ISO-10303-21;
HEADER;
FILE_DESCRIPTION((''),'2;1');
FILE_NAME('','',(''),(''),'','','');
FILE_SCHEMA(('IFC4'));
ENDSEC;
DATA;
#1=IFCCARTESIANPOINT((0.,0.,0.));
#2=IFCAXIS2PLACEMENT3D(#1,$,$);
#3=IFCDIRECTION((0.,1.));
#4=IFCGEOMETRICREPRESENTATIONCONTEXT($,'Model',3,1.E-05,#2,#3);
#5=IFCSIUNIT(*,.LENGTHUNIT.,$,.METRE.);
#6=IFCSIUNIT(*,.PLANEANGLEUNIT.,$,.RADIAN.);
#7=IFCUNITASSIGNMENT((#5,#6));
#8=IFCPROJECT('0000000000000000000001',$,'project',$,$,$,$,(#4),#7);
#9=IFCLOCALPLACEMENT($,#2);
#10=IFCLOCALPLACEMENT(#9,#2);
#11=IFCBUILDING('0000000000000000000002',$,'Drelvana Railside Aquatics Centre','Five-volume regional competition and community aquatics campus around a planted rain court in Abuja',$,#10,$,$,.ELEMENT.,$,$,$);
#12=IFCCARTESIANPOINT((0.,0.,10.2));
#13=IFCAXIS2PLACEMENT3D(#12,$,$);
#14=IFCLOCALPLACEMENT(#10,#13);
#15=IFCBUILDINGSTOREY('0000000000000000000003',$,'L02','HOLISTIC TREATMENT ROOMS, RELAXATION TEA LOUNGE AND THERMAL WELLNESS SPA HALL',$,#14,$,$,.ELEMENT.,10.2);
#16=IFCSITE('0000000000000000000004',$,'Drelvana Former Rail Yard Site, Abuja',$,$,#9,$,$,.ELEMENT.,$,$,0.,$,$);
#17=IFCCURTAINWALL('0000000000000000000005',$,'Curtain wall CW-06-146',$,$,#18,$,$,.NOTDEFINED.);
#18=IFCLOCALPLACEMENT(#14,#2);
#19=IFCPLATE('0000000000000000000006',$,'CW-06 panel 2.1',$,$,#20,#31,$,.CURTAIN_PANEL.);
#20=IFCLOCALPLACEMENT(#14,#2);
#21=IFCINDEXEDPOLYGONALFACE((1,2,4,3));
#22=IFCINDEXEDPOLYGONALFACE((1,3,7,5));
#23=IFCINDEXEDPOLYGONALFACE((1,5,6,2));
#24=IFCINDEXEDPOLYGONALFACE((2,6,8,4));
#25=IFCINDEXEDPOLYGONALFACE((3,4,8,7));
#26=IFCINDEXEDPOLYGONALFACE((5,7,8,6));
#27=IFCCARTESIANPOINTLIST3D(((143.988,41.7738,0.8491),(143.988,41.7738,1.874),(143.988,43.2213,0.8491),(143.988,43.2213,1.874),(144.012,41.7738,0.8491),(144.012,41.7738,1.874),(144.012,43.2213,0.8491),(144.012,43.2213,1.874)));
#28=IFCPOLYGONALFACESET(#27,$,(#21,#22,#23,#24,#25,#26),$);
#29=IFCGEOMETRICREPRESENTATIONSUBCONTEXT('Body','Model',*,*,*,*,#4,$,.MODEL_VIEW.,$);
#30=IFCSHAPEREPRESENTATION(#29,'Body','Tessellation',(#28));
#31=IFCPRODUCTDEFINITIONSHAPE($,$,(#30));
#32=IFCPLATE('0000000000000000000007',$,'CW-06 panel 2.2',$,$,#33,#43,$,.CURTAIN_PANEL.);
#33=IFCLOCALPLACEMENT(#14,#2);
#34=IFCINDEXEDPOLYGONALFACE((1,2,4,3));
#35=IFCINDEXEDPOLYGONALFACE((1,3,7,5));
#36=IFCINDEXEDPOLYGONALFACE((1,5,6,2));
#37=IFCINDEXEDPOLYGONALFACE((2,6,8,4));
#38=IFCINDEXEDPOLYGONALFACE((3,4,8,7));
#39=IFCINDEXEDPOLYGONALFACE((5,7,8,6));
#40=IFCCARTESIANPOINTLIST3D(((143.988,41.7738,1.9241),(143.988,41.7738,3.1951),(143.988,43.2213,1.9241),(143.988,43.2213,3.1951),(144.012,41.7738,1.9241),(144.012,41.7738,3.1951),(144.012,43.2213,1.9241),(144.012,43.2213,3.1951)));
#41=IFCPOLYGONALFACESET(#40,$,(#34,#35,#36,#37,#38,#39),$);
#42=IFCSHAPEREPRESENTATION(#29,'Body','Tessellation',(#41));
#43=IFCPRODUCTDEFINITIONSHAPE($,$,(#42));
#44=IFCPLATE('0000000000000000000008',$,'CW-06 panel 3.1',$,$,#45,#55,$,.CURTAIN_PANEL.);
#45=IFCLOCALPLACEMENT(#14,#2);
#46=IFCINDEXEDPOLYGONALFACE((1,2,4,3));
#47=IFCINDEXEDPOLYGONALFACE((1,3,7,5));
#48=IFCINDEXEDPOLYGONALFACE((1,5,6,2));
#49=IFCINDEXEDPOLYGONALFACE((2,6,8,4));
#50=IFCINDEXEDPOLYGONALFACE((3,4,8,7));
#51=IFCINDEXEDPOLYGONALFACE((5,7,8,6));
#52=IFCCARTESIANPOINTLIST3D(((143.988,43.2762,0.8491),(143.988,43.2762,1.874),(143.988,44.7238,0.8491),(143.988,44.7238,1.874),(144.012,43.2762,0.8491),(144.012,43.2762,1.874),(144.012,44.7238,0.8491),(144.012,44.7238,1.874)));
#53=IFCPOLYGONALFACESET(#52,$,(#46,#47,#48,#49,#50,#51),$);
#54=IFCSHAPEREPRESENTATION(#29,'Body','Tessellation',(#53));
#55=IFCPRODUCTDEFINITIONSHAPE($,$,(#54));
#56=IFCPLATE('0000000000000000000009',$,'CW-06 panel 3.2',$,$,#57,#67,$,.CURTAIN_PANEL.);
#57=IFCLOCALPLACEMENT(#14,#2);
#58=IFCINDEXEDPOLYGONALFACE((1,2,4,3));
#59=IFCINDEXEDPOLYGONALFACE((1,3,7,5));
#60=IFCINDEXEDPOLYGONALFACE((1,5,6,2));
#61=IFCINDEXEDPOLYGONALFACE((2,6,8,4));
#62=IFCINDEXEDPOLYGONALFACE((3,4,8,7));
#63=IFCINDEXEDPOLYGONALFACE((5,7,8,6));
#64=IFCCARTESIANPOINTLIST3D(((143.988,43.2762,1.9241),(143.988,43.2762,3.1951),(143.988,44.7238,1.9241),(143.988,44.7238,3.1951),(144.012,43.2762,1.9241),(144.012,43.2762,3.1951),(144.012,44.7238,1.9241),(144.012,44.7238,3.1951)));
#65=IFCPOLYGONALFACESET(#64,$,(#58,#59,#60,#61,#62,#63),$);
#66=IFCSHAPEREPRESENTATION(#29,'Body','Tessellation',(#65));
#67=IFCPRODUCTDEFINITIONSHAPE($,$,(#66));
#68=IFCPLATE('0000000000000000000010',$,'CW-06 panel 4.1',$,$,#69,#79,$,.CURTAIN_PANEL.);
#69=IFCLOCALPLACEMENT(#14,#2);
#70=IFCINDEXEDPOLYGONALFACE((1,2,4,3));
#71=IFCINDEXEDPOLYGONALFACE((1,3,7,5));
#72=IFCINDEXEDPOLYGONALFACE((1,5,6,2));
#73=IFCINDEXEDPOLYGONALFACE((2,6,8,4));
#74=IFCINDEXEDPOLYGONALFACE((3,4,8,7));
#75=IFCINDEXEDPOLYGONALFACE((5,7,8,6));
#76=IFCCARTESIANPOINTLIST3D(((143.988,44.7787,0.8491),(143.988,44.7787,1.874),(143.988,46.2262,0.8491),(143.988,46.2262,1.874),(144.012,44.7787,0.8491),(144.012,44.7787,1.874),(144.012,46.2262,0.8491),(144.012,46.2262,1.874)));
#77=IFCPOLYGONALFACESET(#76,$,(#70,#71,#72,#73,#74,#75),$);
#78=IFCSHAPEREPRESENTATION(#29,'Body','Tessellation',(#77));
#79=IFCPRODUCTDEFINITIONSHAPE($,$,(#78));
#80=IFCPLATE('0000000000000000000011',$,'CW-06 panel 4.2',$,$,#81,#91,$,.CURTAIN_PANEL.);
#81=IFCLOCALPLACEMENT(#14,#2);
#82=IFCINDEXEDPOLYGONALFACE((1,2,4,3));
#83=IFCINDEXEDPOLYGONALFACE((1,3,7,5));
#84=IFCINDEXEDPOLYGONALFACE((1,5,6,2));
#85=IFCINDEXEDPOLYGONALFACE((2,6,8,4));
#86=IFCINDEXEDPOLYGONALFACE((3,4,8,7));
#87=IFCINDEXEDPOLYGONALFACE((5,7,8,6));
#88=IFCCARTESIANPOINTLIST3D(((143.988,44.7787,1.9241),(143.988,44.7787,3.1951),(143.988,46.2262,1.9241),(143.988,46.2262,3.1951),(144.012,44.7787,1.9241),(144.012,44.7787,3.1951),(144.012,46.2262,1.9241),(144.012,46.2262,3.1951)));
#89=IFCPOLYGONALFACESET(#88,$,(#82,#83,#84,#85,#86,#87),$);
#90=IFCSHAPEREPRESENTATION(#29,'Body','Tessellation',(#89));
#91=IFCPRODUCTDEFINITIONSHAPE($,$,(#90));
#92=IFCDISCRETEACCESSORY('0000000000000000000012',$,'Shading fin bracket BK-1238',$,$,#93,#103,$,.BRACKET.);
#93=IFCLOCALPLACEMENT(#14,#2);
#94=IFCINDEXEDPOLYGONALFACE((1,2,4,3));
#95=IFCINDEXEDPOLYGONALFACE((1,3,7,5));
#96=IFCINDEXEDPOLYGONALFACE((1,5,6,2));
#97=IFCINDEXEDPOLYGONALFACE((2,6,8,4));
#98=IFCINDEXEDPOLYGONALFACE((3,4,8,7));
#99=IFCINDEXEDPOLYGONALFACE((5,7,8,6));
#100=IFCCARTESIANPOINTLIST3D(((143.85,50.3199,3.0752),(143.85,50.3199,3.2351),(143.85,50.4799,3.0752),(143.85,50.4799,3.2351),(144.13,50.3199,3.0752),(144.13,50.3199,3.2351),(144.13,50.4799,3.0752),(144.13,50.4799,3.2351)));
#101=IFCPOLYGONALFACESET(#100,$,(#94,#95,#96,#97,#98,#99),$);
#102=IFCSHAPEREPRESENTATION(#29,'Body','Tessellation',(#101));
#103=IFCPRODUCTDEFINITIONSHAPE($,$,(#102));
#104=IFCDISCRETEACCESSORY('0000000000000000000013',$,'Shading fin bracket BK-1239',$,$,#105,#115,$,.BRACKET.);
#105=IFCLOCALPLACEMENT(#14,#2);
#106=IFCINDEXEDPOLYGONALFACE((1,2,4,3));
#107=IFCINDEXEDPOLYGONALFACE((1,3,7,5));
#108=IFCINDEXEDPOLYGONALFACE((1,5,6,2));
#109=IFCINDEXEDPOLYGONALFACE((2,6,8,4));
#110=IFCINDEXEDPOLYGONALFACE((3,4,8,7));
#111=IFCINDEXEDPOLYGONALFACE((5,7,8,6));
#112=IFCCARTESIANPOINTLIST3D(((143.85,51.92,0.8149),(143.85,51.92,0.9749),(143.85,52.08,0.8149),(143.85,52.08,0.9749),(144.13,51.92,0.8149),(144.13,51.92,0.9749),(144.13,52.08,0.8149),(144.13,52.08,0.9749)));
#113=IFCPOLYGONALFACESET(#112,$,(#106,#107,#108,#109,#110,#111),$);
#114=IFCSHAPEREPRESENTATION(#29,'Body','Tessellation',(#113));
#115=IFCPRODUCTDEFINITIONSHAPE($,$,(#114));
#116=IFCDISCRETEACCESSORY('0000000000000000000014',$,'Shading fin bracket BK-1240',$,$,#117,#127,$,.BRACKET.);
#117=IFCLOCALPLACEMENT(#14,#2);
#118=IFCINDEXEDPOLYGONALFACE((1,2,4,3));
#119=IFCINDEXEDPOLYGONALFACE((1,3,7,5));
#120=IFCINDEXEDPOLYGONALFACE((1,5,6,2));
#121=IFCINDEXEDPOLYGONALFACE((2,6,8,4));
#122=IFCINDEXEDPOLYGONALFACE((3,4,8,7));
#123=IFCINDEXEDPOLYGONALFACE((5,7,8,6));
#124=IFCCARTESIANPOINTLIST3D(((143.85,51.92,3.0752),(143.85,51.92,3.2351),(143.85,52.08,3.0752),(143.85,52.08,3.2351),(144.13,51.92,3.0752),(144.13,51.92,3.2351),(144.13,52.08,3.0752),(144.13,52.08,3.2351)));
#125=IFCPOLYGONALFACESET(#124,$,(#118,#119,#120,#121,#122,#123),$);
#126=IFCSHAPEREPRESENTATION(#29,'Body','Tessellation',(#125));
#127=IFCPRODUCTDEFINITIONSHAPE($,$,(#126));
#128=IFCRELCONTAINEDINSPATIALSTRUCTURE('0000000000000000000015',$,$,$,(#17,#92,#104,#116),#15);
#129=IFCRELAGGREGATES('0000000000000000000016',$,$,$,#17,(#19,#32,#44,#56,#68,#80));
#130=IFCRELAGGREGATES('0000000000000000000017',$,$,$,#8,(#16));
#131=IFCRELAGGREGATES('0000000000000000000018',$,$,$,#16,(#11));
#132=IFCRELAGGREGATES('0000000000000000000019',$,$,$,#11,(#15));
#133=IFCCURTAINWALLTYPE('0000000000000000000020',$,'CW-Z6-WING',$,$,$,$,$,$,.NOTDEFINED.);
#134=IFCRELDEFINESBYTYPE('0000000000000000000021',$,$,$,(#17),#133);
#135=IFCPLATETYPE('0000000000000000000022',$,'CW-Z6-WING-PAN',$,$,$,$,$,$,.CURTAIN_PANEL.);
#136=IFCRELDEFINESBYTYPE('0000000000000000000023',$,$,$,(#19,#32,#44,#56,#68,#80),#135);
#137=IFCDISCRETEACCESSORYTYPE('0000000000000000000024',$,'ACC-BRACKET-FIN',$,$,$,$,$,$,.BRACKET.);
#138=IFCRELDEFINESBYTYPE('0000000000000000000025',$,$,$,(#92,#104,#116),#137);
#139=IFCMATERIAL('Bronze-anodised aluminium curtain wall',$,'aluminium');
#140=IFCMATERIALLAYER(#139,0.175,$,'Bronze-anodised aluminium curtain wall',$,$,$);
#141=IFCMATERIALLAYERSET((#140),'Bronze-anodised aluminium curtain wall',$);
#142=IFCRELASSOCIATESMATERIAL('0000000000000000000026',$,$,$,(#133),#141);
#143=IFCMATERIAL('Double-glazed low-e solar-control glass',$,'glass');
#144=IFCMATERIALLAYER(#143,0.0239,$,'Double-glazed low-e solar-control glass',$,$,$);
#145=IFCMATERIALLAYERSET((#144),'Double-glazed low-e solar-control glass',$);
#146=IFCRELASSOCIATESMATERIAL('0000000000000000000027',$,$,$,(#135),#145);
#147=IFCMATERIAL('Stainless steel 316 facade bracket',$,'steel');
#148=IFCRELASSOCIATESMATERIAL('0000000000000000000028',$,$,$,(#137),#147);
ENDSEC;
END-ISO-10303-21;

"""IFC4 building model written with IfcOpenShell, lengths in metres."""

from ifc_helpers import new_model, si_unit, direction, frame, origin, origin_2d, place, context, subcontext, project, spatial, rectangle, extrude, material, layer, layer_set, type_object, element, aggregate, save


model = new_model("IFC4")

# Units and contexts
model_context = context("Model", 3, precision=1e-05, world=origin(), true_north=direction((0.0, 1.0)))
body_context = subcontext(model_context, "Body", "Model", "MODEL_VIEW")
ifc_project = project(units=[si_unit("LENGTHUNIT", "METRE"), si_unit("PLANEANGLEUNIT", "RADIAN")], contexts=[model_context])

# Site, building, storey
site_placement = place(None, origin())
site = spatial("IfcSite", under=ifc_project, at=site_placement, Name="Drelvana Former Rail Yard Site, Abuja", CompositionType="ELEMENT", RefElevation=0.0)
building_placement = place(site_placement, origin())
building = spatial("IfcBuilding", under=site, at=building_placement, Name="Drelvana Railside Aquatics Centre", Description="Five-volume regional competition and community aquatics campus around a planted rain court in Abuja", CompositionType="ELEMENT")
storey_placement = place(building_placement, frame((0.0, 0.0, 10.2)))
storey = spatial("IfcBuildingStorey", under=building, at=storey_placement, Name="L02", Description="HOLISTIC TREATMENT ROOMS, RELAXATION TEA LOUNGE AND THERMAL WELLNESS SPA HALL", CompositionType="ELEMENT", Elevation=10.2)

# Curtain wall, plates
ifc_material_1 = material(Name="Bronze-anodised aluminium curtain wall", Category="aluminium")
ifc_layer_1 = layer(ifc_material_1, 0.175, Name="Bronze-anodised aluminium curtain wall")
ifc_layer_set_1 = layer_set([ifc_layer_1], Name="Bronze-anodised aluminium curtain wall")
curtain_wall_type = type_object("IfcCurtainWallType", Name="CW-Z6-WING", PredefinedType="NOTDEFINED", material=ifc_layer_set_1)
curtain_wall_placement = place(storey_placement, origin())
curtain_wall = element("IfcCurtainWall", 1, at=curtain_wall_placement, inside=storey, type_object=curtain_wall_type, Name="Curtain wall CW-06-146", PredefinedType="NOTDEFINED")
ifc_material_2 = material(Name="Double-glazed low-e solar-control glass", Category="glass")
ifc_layer_2 = layer(ifc_material_2, 0.0239, Name="Double-glazed low-e solar-control glass")
ifc_layer_set_2 = layer_set([ifc_layer_2], Name="Double-glazed low-e solar-control glass")
plate_type = type_object("IfcPlateType", Name="CW-Z6-WING-PAN", PredefinedType="CURTAIN_PANEL", material=ifc_layer_set_2)
plate_1_placement = place(storey_placement, frame((144.0, 42.4976, 0.8491), z_axis=(0.0, 0.0, 1.0), x_axis=(0.0, 1.0, 0.0)))
plate_1 = element("IfcPlate", 2, at=plate_1_placement, type_object=plate_type, Name="CW-06 panel 2.1", PredefinedType="CURTAIN_PANEL", context=body_context, shape_type="SweptSolid", body=[
    extrude(rectangle(XDim=1.4475, YDim=0.0239, at=origin_2d()), origin(), (0.0, 0.0, 1.0), 1.0249),
])
plate_2_placement = place(storey_placement, frame((144.0, 42.4976, 1.9241), z_axis=(0.0, 0.0, 1.0), x_axis=(0.0, 1.0, 0.0)))
plate_2 = element("IfcPlate", 3, at=plate_2_placement, type_object=plate_type, Name="CW-06 panel 2.2", PredefinedType="CURTAIN_PANEL", context=body_context, shape_type="SweptSolid", body=[
    extrude(rectangle(XDim=1.4475, YDim=0.0239, at=origin_2d()), origin(), (0.0, 0.0, 1.0), 1.271),
])
plate_3_placement = place(storey_placement, frame((144.0, 44.0, 0.8491), z_axis=(0.0, 0.0, 1.0), x_axis=(0.0, 1.0, 0.0)))
plate_3 = element("IfcPlate", 4, at=plate_3_placement, type_object=plate_type, Name="CW-06 panel 3.1", PredefinedType="CURTAIN_PANEL", context=body_context, shape_type="SweptSolid", body=[
    extrude(rectangle(XDim=1.4475, YDim=0.0239, at=origin_2d()), origin(), (0.0, 0.0, 1.0), 1.0249),
])
plate_4_placement = place(storey_placement, frame((144.0, 44.0, 1.9241), z_axis=(0.0, 0.0, 1.0), x_axis=(0.0, 1.0, 0.0)))
plate_4 = element("IfcPlate", 5, at=plate_4_placement, type_object=plate_type, Name="CW-06 panel 3.2", PredefinedType="CURTAIN_PANEL", context=body_context, shape_type="SweptSolid", body=[
    extrude(rectangle(XDim=1.4475, YDim=0.0239, at=origin_2d()), origin(), (0.0, 0.0, 1.0), 1.271),
])
plate_5_placement = place(storey_placement, frame((144.0, 45.5024, 0.8491), z_axis=(0.0, 0.0, 1.0), x_axis=(0.0, 1.0, 0.0)))
plate_5 = element("IfcPlate", 6, at=plate_5_placement, type_object=plate_type, Name="CW-06 panel 4.1", PredefinedType="CURTAIN_PANEL", context=body_context, shape_type="SweptSolid", body=[
    extrude(rectangle(XDim=1.4475, YDim=0.0239, at=origin_2d()), origin(), (0.0, 0.0, 1.0), 1.0249),
])
plate_6_placement = place(storey_placement, frame((144.0, 45.5024, 1.9241), z_axis=(0.0, 0.0, 1.0), x_axis=(0.0, 1.0, 0.0)))
plate_6 = element("IfcPlate", 7, at=plate_6_placement, type_object=plate_type, Name="CW-06 panel 4.2", PredefinedType="CURTAIN_PANEL", context=body_context, shape_type="SweptSolid", body=[
    extrude(rectangle(XDim=1.4475, YDim=0.0239, at=origin_2d()), origin(), (0.0, 0.0, 1.0), 1.271),
])
aggregate(curtain_wall, [plate_1, plate_2, plate_3, plate_4, plate_5, plate_6])

# Discrete accessories
ifc_material_3 = material(Name="Stainless steel 316 facade bracket", Category="steel")
discrete_accessory_type = type_object("IfcDiscreteAccessoryType", Name="ACC-BRACKET-FIN", PredefinedType="BRACKET", material=ifc_material_3)
for number, where, z_axis, x_axis, name in (
    (8, (143.99, 50.3999, 3.0752), (0.0, 0.0, 1.0), (-1.0, 0.0, 0.0), "Shading fin bracket BK-1238"),
    (9, (143.99, 52.0, 0.8149), (0.0, 0.0, 1.0), (-1.0, 0.0, 0.0), "Shading fin bracket BK-1239"),
    (10, (143.99, 52.0, 3.0752), (0.0, 0.0, 1.0), (-1.0, 0.0, 0.0), "Shading fin bracket BK-1240"),
):
    element("IfcDiscreteAccessory", number, at=place(storey_placement, frame(where, z_axis=z_axis, x_axis=x_axis)), inside=storey, type_object=discrete_accessory_type, Name=name, PredefinedType="BRACKET", context=body_context, shape_type="SweptSolid", body=[
        extrude(rectangle(XDim=0.28, YDim=0.1599, at=origin_2d()), origin(), (0.0, 0.0, 1.0), 0.1599),
    ])

save(model, "model.ifc")
